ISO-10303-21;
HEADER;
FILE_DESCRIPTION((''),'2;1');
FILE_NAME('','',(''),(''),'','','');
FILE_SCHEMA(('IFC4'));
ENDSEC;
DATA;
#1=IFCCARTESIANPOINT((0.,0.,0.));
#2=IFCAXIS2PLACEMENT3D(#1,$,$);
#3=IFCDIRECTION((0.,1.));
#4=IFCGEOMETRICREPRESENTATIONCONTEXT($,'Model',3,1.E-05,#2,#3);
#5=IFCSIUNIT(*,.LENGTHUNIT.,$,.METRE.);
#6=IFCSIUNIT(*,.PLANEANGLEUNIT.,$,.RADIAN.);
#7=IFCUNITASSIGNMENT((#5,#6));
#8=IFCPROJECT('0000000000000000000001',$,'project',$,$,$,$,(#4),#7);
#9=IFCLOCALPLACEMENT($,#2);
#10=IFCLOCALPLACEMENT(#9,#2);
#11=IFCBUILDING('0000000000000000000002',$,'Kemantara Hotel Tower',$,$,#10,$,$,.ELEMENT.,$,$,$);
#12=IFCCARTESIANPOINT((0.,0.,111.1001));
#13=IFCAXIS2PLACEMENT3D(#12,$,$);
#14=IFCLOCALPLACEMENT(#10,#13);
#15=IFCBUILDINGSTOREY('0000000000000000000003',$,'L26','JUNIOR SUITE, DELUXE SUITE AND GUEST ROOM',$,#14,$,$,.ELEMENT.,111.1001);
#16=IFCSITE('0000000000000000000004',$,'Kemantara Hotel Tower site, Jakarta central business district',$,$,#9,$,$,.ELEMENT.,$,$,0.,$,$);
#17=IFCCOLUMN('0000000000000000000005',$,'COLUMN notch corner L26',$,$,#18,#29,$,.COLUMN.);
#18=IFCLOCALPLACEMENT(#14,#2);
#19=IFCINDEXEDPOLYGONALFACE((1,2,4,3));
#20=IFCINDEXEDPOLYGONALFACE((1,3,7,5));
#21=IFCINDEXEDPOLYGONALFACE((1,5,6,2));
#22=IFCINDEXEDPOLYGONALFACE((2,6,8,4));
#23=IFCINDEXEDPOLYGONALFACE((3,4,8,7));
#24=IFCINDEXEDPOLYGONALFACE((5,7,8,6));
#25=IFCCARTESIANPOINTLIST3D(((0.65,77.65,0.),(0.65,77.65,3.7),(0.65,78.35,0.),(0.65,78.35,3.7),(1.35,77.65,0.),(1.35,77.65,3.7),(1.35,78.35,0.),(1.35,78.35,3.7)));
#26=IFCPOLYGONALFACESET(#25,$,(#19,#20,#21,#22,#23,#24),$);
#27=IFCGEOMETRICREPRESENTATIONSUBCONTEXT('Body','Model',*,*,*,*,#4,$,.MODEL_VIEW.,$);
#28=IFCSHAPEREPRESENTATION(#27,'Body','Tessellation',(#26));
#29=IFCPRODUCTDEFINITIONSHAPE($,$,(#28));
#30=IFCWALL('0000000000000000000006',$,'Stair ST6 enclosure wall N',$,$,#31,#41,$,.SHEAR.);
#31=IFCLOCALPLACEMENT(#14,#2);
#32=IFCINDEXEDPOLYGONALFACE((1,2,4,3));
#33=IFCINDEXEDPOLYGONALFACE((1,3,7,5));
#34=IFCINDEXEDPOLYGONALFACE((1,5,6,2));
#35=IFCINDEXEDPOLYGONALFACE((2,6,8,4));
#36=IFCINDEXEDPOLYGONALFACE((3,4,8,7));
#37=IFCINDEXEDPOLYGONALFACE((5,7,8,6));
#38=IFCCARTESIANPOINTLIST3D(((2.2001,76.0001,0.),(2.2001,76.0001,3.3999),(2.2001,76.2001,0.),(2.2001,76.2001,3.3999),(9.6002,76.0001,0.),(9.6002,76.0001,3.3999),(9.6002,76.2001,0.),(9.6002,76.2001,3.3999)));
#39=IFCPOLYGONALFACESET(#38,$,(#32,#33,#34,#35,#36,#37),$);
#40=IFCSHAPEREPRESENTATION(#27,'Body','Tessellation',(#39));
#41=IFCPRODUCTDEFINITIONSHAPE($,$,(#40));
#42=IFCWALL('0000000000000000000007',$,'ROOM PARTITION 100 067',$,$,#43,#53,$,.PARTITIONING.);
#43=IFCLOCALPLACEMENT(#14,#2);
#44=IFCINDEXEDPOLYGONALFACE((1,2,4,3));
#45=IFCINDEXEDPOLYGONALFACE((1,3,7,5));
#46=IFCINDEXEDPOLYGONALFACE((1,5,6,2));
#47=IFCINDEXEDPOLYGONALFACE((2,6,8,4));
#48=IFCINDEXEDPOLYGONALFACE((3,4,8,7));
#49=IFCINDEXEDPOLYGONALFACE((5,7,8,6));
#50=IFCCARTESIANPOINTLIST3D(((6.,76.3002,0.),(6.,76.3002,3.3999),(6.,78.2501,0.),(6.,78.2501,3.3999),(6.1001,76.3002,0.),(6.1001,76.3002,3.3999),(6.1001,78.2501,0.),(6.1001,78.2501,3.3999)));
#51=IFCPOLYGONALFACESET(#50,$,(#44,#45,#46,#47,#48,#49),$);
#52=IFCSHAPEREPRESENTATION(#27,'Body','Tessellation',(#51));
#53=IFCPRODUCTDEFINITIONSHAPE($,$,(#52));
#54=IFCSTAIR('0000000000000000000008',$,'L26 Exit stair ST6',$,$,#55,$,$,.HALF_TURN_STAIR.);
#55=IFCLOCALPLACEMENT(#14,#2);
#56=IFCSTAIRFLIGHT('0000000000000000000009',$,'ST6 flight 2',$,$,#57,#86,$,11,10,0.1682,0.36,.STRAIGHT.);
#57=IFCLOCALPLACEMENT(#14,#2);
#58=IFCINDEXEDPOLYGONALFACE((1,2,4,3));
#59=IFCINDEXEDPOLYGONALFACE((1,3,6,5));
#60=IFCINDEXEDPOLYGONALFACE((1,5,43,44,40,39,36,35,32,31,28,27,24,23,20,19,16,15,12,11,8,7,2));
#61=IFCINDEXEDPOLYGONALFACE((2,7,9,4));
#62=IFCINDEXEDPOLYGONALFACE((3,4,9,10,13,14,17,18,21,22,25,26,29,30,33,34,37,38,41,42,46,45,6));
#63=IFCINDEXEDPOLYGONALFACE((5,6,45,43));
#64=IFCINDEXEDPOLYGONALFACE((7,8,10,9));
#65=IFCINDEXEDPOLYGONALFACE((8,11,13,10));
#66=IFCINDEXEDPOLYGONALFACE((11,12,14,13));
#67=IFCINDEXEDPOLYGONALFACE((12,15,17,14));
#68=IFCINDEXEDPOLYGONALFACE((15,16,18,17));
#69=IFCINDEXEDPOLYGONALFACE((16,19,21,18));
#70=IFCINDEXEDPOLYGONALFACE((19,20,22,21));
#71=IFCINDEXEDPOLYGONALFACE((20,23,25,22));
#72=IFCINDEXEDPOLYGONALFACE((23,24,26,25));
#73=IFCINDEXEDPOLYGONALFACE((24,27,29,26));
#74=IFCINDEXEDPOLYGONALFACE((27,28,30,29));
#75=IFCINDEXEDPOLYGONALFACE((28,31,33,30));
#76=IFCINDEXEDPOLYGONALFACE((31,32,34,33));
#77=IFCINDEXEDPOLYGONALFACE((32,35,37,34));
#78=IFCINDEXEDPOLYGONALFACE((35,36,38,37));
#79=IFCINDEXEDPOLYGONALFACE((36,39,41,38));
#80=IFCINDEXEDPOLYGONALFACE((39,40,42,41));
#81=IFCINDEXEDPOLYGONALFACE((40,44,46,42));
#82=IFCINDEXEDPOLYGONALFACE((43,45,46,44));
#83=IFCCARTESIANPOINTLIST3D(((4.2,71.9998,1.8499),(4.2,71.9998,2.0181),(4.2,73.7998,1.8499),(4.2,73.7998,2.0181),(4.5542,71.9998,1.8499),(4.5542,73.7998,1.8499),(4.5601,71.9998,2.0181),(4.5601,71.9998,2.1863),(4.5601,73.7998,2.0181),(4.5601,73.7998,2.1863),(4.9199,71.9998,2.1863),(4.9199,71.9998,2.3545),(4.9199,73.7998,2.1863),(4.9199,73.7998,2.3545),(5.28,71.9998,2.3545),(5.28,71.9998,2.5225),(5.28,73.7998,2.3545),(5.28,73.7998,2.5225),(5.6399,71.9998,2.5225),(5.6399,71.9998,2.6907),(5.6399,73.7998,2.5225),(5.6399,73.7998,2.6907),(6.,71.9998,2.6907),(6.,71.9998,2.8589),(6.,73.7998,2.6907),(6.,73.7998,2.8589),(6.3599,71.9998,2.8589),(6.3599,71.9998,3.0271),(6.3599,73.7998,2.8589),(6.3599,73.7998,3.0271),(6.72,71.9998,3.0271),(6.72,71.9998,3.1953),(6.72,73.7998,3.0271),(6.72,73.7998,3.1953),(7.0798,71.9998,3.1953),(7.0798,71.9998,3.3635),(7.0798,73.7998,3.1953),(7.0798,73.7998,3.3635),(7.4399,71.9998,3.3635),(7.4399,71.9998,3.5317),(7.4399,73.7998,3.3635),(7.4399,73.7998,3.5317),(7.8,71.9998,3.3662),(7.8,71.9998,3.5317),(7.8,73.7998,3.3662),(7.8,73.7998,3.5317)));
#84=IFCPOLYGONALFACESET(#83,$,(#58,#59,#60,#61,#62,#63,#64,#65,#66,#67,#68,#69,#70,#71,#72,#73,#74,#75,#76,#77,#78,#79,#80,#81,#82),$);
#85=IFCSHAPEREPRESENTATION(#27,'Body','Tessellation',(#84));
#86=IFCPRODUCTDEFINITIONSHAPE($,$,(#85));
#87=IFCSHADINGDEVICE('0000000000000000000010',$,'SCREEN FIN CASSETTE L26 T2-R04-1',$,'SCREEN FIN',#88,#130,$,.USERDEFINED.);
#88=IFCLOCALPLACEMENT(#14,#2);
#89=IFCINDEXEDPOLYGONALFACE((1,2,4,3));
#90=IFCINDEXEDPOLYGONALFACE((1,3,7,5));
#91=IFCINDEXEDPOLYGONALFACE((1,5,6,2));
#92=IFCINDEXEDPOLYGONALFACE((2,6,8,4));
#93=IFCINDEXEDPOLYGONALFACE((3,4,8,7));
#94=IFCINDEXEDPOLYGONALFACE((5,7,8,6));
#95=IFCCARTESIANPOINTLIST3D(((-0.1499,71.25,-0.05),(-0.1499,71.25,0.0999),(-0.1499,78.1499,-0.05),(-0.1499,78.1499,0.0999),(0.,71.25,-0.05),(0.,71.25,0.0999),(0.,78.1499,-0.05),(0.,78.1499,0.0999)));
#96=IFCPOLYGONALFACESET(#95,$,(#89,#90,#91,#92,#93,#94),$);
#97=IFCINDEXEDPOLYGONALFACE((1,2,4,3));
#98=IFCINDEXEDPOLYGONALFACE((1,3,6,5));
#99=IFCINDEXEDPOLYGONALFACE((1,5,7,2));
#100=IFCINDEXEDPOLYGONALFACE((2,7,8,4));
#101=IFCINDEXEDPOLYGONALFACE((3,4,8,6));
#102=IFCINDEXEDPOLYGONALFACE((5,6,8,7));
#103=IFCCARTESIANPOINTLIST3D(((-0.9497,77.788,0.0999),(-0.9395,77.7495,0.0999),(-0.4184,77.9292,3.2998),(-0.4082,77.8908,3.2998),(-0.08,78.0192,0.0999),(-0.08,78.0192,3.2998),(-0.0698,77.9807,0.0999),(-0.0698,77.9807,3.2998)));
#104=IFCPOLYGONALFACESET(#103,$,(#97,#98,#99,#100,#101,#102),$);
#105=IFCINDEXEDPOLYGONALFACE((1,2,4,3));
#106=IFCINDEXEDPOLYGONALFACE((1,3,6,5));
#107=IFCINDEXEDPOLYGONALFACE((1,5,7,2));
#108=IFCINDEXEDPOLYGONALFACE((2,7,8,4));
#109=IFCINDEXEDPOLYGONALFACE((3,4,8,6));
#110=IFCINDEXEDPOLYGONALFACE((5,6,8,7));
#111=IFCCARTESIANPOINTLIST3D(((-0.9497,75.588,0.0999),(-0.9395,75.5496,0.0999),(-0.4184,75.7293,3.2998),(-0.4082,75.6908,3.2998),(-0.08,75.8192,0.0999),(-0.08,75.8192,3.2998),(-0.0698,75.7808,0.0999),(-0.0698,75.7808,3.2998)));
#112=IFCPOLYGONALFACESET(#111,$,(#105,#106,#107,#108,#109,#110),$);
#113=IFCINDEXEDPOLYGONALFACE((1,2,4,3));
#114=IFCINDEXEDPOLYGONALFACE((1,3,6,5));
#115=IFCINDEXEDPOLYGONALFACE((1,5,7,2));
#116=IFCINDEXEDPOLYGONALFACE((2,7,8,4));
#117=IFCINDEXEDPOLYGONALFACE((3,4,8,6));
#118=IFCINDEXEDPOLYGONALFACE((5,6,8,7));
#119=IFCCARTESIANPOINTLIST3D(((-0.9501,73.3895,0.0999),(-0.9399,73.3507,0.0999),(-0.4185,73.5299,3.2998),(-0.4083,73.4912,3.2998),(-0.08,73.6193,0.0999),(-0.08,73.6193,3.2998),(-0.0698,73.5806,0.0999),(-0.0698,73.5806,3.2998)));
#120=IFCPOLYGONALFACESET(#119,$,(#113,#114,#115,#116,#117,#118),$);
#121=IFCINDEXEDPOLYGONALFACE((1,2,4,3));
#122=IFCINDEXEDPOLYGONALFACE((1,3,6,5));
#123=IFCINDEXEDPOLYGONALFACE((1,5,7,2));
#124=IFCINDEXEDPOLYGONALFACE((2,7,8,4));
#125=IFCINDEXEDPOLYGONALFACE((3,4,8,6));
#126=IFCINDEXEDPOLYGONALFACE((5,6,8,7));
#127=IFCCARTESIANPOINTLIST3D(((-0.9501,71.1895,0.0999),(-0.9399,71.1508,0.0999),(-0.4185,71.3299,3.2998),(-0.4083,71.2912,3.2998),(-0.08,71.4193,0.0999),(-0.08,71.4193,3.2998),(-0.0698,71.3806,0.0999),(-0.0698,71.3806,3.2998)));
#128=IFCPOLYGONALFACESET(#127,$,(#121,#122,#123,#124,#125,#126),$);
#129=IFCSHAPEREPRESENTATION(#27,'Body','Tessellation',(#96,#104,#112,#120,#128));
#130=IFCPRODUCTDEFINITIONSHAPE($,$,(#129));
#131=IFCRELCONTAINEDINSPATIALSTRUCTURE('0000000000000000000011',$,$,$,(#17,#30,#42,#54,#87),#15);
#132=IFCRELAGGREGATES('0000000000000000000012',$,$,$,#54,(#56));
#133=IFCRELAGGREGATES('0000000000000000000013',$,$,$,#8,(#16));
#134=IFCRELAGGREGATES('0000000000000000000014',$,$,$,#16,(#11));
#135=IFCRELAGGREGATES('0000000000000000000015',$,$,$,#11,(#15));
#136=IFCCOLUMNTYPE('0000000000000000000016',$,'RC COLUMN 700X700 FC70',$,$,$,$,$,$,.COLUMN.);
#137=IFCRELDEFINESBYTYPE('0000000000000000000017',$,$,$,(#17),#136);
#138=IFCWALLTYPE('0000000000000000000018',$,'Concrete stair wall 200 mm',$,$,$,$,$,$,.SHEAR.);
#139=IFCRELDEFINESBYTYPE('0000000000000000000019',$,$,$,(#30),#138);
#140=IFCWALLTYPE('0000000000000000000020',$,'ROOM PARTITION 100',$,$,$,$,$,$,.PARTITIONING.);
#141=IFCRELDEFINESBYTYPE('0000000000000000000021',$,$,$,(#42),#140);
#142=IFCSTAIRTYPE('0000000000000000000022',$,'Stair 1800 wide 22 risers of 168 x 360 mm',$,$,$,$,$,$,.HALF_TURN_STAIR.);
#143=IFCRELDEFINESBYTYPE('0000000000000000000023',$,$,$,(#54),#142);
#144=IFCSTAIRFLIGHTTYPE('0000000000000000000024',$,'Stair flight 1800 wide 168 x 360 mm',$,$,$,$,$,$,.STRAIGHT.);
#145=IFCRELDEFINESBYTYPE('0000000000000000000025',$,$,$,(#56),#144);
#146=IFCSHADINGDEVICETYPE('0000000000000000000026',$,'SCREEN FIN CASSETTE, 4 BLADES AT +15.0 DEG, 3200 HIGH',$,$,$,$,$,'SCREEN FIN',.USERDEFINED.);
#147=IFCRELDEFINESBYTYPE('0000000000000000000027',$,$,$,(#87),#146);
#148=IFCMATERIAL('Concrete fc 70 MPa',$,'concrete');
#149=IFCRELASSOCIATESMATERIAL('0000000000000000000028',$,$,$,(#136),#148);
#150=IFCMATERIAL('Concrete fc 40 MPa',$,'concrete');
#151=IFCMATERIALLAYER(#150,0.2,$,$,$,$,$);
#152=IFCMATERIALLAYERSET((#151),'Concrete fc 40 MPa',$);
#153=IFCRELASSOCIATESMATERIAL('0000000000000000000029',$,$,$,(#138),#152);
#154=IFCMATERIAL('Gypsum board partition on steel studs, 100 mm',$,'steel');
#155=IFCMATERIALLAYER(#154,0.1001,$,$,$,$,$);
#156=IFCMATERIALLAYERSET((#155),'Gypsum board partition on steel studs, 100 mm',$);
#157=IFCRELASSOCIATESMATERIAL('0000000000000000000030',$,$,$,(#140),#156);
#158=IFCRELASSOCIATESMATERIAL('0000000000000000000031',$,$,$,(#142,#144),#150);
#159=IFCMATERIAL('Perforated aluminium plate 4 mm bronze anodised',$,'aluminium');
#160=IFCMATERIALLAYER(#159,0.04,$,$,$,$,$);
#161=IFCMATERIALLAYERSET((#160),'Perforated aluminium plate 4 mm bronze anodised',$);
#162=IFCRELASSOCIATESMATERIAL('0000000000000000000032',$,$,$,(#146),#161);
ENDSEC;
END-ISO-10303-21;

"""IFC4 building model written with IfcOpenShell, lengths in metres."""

from ifc_helpers import new_model, si_unit, direction, frame, frame_2d, origin, origin_2d, place, context, subcontext, project, spatial, polyline, rectangle, outline, extrude, source, transform, mapped, material, layer, layer_set, material_profile, profile_set, type_object, element, aggregate, save


model = new_model("IFC4")

# Units and contexts
model_context = context("Model", 3, precision=1e-05, world=origin(), true_north=direction((0.0, 1.0)))
body_context = subcontext(model_context, "Body", "Model", "MODEL_VIEW")
ifc_project = project(units=[si_unit("LENGTHUNIT", "METRE"), si_unit("PLANEANGLEUNIT", "RADIAN")], contexts=[model_context])

# Site, building, storey
site_placement = place(None, origin())
site = spatial("IfcSite", under=ifc_project, at=site_placement, Name="Kemantara Hotel Tower site, Jakarta central business district", CompositionType="ELEMENT", RefElevation=0.0)
building_placement = place(site_placement, origin())
building = spatial("IfcBuilding", under=site, at=building_placement, Name="Kemantara Hotel Tower", CompositionType="ELEMENT")
storey_placement = place(building_placement, frame((0.0, 0.0, 111.1001)))
storey = spatial("IfcBuildingStorey", under=building, at=storey_placement, Name="L26", Description="JUNIOR SUITE, DELUXE SUITE AND GUEST ROOM", CompositionType="ELEMENT", Elevation=111.1001)

# Column
ifc_material_1 = material(Name="Concrete fc 70 MPa", Category="concrete")
ifc_material_profile = material_profile(ifc_material_1, rectangle(XDim=0.7, YDim=0.7, at=origin_2d()), Name="RC 700X700")
ifc_profile_set = profile_set([ifc_material_profile], Name="Concrete fc 70 MPa")
column_type = type_object("IfcColumnType", Name="RC COLUMN 700X700 FC70", PredefinedType="COLUMN", material=ifc_profile_set)
column_placement = place(storey_placement, frame((1.0, 78.0, 0.0), z_axis=(0.0, 0.0, 1.0), x_axis=(1.0, 0.0, 0.0)))
element("IfcColumn", 1, at=column_placement, inside=storey, type_object=column_type, Name="COLUMN notch corner L26", PredefinedType="COLUMN", context=body_context, shape_type="SweptSolid", body=[
    extrude(rectangle(XDim=0.7, YDim=0.7, at=origin_2d()), origin(), (0.0, 0.0, 1.0), 3.7),
])

# Walls
ifc_material_2 = material(Name="Concrete fc 40 MPa", Category="concrete")
ifc_layer_1 = layer(ifc_material_2, 0.2)
ifc_layer_set_1 = layer_set([ifc_layer_1], Name="Concrete fc 40 MPa")
wall_type_1 = type_object("IfcWallType", Name="Concrete stair wall 200 mm", PredefinedType="SHEAR", material=ifc_layer_set_1)
wall_1_placement = place(storey_placement, frame((2.2, 76.1001, 0.0), z_axis=(0.0, 0.0, 1.0), x_axis=(1.0, 0.0, 0.0)))
element("IfcWall", 2, at=wall_1_placement, inside=storey, type_object=wall_type_1, Name="Stair ST6 enclosure wall N", PredefinedType="SHEAR", context=body_context, shape_type="SweptSolid", body=[
    extrude(rectangle(XDim=7.4001, YDim=0.2, at=frame_2d((3.7002, 0.0))), origin(), (0.0, 0.0, 1.0), 3.3999),
])
ifc_material_3 = material(Name="Gypsum board partition on steel studs, 100 mm", Category="steel")
ifc_layer_2 = layer(ifc_material_3, 0.1001)
ifc_layer_set_2 = layer_set([ifc_layer_2], Name="Gypsum board partition on steel studs, 100 mm")
wall_type_2 = type_object("IfcWallType", Name="ROOM PARTITION 100", PredefinedType="PARTITIONING", material=ifc_layer_set_2)
wall_2_placement = place(storey_placement, frame((6.05, 76.3, 0.0), z_axis=(0.0, 0.0, 1.0), x_axis=(0.0, 1.0, 0.0)))
element("IfcWall", 3, at=wall_2_placement, inside=storey, type_object=wall_type_2, Name="ROOM PARTITION 100 067", PredefinedType="PARTITIONING", context=body_context, shape_type="SweptSolid", body=[
    extrude(rectangle(XDim=1.95, YDim=0.1001, at=frame_2d((0.9751, 0.0))), origin(), (0.0, 0.0, 1.0), 3.3999),
])

# Stair, stair flight
stair_type = type_object("IfcStairType", Name="Stair 1800 wide 22 risers of 168 x 360 mm", PredefinedType="HALF_TURN_STAIR", material=ifc_material_2)
stair_placement = place(storey_placement, origin())
stair = element("IfcStair", 4, at=stair_placement, inside=storey, type_object=stair_type, Name="L26 Exit stair ST6", PredefinedType="HALF_TURN_STAIR")
stair_flight_type = type_object("IfcStairFlightType", Name="Stair flight 1800 wide 168 x 360 mm", PredefinedType="STRAIGHT", material=ifc_material_2)
stair_flight_placement = place(storey_placement, frame((4.2, 72.8999, 1.8499), z_axis=(0.0, 0.0, 1.0), x_axis=(1.0, 0.0, 0.0)))
stair_flight = element("IfcStairFlight", 5, at=stair_flight_placement, type_object=stair_flight_type, Name="ST6 flight 2", NumberOfRisers=11, NumberOfTreads=10, PredefinedType="STRAIGHT", RiserHeight=0.1682, TreadLength=0.36, context=body_context, shape_type="SweptSolid", body=[
    extrude(outline(polyline([(0.0, 0.0), (0.0, 0.1682), (0.3601, 0.1682), (0.3601, 0.3364), (0.72, 0.3364), (0.72, 0.5046), (1.0801, 0.5046), (1.0801, 0.6726), (1.4399, 0.6726), (1.4399, 0.8408), (1.8, 0.8408), (1.8, 1.009), (2.1599, 1.009), (2.1599, 1.1772), (2.52, 1.1772), (2.52, 1.3455), (2.8799, 1.3455), (2.8799, 1.5137), (3.24, 1.5137), (3.24, 1.6819), (3.6001, 1.6819), (3.6001, 1.8501), (3.6001, 1.5164), (0.3542, 0.0), (0.0, 0.0)])), frame((0.0, 0.8999, 0.0), z_axis=(0.0, -1.0, 0.0), x_axis=(1.0, 0.0, 0.0)), (0.0, 0.0, 1.0), 1.8),
])
aggregate(stair, [stair_flight])

# Shading device
ifc_material_4 = material(Name="Perforated aluminium plate 4 mm bronze anodised", Category="aluminium")
ifc_layer_3 = layer(ifc_material_4, 0.04)
ifc_layer_set_3 = layer_set([ifc_layer_3], Name="Perforated aluminium plate 4 mm bronze anodised")
shading_device_type = type_object("IfcShadingDeviceType", Name="SCREEN FIN CASSETTE, 4 BLADES AT +15.0 DEG, 3200 HIGH", ElementType="SCREEN FIN", PredefinedType="USERDEFINED", material=ifc_layer_set_3)
shared_shape = source(origin(), body_context, "Body", "SweptSolid", [
    extrude(rectangle(XDim=6.8999, YDim=0.1499, at=origin_2d()), frame((3.3, -0.075, -0.1499), z_axis=(0.0, 0.0, 1.0), x_axis=(1.0, 0.0, 0.0)), (0.0, 0.0, 1.0), 0.1499),
    extrude(outline(polyline([(0.0, 0.0), (0.8999, 0.0), (0.3501, 3.2), (0.0, 3.2), (0.0, 0.0)])), frame((0.0193, -0.0698, 0.0), z_axis=(-0.966438, -0.256901, 0.0), x_axis=(0.256901, -0.966438, 0.0)), (0.0, 0.0, 1.0), 0.0398),
    extrude(outline(polyline([(0.0, 0.0), (0.8999, 0.0), (0.3501, 3.2), (0.0, 3.2), (0.0, 0.0)])), frame((2.2192, -0.0698, 0.0), z_axis=(-0.966438, -0.256901, 0.0), x_axis=(0.256901, -0.966438, 0.0)), (0.0, 0.0, 1.0), 0.0398),
    extrude(outline(polyline([(0.0, 0.0), (0.8999, 0.0), (0.3501, 3.2), (0.0, 3.2), (0.0, 0.0)])), frame((4.4194, -0.0698, 0.0), z_axis=(-0.966838, -0.255391, 0.0), x_axis=(0.255391, -0.966838, 0.0)), (0.0, 0.0, 1.0), 0.04),
    extrude(outline(polyline([(0.0, 0.0), (0.8999, 0.0), (0.3501, 3.2), (0.0, 3.2), (0.0, 0.0)])), frame((6.6194, -0.0698, 0.0), z_axis=(-0.966838, -0.255391, 0.0), x_axis=(0.255391, -0.966838, 0.0)), (0.0, 0.0, 1.0), 0.04),
])
shading_device_placement = place(storey_placement, frame((0.0, 78.0, 0.0999), z_axis=(0.0, 0.0, 1.0), x_axis=(0.0, -1.0, 0.0)))
element("IfcShadingDevice", 6, at=shading_device_placement, inside=storey, type_object=shading_device_type, Name="SCREEN FIN CASSETTE L26 T2-R04-1", ObjectType="SCREEN FIN", PredefinedType="USERDEFINED", context=body_context, shape_type="MappedRepresentation", body=[
    mapped(shared_shape, transform((0.0, 0.0, 0.0))),
])

save(model, "model.ifc")
